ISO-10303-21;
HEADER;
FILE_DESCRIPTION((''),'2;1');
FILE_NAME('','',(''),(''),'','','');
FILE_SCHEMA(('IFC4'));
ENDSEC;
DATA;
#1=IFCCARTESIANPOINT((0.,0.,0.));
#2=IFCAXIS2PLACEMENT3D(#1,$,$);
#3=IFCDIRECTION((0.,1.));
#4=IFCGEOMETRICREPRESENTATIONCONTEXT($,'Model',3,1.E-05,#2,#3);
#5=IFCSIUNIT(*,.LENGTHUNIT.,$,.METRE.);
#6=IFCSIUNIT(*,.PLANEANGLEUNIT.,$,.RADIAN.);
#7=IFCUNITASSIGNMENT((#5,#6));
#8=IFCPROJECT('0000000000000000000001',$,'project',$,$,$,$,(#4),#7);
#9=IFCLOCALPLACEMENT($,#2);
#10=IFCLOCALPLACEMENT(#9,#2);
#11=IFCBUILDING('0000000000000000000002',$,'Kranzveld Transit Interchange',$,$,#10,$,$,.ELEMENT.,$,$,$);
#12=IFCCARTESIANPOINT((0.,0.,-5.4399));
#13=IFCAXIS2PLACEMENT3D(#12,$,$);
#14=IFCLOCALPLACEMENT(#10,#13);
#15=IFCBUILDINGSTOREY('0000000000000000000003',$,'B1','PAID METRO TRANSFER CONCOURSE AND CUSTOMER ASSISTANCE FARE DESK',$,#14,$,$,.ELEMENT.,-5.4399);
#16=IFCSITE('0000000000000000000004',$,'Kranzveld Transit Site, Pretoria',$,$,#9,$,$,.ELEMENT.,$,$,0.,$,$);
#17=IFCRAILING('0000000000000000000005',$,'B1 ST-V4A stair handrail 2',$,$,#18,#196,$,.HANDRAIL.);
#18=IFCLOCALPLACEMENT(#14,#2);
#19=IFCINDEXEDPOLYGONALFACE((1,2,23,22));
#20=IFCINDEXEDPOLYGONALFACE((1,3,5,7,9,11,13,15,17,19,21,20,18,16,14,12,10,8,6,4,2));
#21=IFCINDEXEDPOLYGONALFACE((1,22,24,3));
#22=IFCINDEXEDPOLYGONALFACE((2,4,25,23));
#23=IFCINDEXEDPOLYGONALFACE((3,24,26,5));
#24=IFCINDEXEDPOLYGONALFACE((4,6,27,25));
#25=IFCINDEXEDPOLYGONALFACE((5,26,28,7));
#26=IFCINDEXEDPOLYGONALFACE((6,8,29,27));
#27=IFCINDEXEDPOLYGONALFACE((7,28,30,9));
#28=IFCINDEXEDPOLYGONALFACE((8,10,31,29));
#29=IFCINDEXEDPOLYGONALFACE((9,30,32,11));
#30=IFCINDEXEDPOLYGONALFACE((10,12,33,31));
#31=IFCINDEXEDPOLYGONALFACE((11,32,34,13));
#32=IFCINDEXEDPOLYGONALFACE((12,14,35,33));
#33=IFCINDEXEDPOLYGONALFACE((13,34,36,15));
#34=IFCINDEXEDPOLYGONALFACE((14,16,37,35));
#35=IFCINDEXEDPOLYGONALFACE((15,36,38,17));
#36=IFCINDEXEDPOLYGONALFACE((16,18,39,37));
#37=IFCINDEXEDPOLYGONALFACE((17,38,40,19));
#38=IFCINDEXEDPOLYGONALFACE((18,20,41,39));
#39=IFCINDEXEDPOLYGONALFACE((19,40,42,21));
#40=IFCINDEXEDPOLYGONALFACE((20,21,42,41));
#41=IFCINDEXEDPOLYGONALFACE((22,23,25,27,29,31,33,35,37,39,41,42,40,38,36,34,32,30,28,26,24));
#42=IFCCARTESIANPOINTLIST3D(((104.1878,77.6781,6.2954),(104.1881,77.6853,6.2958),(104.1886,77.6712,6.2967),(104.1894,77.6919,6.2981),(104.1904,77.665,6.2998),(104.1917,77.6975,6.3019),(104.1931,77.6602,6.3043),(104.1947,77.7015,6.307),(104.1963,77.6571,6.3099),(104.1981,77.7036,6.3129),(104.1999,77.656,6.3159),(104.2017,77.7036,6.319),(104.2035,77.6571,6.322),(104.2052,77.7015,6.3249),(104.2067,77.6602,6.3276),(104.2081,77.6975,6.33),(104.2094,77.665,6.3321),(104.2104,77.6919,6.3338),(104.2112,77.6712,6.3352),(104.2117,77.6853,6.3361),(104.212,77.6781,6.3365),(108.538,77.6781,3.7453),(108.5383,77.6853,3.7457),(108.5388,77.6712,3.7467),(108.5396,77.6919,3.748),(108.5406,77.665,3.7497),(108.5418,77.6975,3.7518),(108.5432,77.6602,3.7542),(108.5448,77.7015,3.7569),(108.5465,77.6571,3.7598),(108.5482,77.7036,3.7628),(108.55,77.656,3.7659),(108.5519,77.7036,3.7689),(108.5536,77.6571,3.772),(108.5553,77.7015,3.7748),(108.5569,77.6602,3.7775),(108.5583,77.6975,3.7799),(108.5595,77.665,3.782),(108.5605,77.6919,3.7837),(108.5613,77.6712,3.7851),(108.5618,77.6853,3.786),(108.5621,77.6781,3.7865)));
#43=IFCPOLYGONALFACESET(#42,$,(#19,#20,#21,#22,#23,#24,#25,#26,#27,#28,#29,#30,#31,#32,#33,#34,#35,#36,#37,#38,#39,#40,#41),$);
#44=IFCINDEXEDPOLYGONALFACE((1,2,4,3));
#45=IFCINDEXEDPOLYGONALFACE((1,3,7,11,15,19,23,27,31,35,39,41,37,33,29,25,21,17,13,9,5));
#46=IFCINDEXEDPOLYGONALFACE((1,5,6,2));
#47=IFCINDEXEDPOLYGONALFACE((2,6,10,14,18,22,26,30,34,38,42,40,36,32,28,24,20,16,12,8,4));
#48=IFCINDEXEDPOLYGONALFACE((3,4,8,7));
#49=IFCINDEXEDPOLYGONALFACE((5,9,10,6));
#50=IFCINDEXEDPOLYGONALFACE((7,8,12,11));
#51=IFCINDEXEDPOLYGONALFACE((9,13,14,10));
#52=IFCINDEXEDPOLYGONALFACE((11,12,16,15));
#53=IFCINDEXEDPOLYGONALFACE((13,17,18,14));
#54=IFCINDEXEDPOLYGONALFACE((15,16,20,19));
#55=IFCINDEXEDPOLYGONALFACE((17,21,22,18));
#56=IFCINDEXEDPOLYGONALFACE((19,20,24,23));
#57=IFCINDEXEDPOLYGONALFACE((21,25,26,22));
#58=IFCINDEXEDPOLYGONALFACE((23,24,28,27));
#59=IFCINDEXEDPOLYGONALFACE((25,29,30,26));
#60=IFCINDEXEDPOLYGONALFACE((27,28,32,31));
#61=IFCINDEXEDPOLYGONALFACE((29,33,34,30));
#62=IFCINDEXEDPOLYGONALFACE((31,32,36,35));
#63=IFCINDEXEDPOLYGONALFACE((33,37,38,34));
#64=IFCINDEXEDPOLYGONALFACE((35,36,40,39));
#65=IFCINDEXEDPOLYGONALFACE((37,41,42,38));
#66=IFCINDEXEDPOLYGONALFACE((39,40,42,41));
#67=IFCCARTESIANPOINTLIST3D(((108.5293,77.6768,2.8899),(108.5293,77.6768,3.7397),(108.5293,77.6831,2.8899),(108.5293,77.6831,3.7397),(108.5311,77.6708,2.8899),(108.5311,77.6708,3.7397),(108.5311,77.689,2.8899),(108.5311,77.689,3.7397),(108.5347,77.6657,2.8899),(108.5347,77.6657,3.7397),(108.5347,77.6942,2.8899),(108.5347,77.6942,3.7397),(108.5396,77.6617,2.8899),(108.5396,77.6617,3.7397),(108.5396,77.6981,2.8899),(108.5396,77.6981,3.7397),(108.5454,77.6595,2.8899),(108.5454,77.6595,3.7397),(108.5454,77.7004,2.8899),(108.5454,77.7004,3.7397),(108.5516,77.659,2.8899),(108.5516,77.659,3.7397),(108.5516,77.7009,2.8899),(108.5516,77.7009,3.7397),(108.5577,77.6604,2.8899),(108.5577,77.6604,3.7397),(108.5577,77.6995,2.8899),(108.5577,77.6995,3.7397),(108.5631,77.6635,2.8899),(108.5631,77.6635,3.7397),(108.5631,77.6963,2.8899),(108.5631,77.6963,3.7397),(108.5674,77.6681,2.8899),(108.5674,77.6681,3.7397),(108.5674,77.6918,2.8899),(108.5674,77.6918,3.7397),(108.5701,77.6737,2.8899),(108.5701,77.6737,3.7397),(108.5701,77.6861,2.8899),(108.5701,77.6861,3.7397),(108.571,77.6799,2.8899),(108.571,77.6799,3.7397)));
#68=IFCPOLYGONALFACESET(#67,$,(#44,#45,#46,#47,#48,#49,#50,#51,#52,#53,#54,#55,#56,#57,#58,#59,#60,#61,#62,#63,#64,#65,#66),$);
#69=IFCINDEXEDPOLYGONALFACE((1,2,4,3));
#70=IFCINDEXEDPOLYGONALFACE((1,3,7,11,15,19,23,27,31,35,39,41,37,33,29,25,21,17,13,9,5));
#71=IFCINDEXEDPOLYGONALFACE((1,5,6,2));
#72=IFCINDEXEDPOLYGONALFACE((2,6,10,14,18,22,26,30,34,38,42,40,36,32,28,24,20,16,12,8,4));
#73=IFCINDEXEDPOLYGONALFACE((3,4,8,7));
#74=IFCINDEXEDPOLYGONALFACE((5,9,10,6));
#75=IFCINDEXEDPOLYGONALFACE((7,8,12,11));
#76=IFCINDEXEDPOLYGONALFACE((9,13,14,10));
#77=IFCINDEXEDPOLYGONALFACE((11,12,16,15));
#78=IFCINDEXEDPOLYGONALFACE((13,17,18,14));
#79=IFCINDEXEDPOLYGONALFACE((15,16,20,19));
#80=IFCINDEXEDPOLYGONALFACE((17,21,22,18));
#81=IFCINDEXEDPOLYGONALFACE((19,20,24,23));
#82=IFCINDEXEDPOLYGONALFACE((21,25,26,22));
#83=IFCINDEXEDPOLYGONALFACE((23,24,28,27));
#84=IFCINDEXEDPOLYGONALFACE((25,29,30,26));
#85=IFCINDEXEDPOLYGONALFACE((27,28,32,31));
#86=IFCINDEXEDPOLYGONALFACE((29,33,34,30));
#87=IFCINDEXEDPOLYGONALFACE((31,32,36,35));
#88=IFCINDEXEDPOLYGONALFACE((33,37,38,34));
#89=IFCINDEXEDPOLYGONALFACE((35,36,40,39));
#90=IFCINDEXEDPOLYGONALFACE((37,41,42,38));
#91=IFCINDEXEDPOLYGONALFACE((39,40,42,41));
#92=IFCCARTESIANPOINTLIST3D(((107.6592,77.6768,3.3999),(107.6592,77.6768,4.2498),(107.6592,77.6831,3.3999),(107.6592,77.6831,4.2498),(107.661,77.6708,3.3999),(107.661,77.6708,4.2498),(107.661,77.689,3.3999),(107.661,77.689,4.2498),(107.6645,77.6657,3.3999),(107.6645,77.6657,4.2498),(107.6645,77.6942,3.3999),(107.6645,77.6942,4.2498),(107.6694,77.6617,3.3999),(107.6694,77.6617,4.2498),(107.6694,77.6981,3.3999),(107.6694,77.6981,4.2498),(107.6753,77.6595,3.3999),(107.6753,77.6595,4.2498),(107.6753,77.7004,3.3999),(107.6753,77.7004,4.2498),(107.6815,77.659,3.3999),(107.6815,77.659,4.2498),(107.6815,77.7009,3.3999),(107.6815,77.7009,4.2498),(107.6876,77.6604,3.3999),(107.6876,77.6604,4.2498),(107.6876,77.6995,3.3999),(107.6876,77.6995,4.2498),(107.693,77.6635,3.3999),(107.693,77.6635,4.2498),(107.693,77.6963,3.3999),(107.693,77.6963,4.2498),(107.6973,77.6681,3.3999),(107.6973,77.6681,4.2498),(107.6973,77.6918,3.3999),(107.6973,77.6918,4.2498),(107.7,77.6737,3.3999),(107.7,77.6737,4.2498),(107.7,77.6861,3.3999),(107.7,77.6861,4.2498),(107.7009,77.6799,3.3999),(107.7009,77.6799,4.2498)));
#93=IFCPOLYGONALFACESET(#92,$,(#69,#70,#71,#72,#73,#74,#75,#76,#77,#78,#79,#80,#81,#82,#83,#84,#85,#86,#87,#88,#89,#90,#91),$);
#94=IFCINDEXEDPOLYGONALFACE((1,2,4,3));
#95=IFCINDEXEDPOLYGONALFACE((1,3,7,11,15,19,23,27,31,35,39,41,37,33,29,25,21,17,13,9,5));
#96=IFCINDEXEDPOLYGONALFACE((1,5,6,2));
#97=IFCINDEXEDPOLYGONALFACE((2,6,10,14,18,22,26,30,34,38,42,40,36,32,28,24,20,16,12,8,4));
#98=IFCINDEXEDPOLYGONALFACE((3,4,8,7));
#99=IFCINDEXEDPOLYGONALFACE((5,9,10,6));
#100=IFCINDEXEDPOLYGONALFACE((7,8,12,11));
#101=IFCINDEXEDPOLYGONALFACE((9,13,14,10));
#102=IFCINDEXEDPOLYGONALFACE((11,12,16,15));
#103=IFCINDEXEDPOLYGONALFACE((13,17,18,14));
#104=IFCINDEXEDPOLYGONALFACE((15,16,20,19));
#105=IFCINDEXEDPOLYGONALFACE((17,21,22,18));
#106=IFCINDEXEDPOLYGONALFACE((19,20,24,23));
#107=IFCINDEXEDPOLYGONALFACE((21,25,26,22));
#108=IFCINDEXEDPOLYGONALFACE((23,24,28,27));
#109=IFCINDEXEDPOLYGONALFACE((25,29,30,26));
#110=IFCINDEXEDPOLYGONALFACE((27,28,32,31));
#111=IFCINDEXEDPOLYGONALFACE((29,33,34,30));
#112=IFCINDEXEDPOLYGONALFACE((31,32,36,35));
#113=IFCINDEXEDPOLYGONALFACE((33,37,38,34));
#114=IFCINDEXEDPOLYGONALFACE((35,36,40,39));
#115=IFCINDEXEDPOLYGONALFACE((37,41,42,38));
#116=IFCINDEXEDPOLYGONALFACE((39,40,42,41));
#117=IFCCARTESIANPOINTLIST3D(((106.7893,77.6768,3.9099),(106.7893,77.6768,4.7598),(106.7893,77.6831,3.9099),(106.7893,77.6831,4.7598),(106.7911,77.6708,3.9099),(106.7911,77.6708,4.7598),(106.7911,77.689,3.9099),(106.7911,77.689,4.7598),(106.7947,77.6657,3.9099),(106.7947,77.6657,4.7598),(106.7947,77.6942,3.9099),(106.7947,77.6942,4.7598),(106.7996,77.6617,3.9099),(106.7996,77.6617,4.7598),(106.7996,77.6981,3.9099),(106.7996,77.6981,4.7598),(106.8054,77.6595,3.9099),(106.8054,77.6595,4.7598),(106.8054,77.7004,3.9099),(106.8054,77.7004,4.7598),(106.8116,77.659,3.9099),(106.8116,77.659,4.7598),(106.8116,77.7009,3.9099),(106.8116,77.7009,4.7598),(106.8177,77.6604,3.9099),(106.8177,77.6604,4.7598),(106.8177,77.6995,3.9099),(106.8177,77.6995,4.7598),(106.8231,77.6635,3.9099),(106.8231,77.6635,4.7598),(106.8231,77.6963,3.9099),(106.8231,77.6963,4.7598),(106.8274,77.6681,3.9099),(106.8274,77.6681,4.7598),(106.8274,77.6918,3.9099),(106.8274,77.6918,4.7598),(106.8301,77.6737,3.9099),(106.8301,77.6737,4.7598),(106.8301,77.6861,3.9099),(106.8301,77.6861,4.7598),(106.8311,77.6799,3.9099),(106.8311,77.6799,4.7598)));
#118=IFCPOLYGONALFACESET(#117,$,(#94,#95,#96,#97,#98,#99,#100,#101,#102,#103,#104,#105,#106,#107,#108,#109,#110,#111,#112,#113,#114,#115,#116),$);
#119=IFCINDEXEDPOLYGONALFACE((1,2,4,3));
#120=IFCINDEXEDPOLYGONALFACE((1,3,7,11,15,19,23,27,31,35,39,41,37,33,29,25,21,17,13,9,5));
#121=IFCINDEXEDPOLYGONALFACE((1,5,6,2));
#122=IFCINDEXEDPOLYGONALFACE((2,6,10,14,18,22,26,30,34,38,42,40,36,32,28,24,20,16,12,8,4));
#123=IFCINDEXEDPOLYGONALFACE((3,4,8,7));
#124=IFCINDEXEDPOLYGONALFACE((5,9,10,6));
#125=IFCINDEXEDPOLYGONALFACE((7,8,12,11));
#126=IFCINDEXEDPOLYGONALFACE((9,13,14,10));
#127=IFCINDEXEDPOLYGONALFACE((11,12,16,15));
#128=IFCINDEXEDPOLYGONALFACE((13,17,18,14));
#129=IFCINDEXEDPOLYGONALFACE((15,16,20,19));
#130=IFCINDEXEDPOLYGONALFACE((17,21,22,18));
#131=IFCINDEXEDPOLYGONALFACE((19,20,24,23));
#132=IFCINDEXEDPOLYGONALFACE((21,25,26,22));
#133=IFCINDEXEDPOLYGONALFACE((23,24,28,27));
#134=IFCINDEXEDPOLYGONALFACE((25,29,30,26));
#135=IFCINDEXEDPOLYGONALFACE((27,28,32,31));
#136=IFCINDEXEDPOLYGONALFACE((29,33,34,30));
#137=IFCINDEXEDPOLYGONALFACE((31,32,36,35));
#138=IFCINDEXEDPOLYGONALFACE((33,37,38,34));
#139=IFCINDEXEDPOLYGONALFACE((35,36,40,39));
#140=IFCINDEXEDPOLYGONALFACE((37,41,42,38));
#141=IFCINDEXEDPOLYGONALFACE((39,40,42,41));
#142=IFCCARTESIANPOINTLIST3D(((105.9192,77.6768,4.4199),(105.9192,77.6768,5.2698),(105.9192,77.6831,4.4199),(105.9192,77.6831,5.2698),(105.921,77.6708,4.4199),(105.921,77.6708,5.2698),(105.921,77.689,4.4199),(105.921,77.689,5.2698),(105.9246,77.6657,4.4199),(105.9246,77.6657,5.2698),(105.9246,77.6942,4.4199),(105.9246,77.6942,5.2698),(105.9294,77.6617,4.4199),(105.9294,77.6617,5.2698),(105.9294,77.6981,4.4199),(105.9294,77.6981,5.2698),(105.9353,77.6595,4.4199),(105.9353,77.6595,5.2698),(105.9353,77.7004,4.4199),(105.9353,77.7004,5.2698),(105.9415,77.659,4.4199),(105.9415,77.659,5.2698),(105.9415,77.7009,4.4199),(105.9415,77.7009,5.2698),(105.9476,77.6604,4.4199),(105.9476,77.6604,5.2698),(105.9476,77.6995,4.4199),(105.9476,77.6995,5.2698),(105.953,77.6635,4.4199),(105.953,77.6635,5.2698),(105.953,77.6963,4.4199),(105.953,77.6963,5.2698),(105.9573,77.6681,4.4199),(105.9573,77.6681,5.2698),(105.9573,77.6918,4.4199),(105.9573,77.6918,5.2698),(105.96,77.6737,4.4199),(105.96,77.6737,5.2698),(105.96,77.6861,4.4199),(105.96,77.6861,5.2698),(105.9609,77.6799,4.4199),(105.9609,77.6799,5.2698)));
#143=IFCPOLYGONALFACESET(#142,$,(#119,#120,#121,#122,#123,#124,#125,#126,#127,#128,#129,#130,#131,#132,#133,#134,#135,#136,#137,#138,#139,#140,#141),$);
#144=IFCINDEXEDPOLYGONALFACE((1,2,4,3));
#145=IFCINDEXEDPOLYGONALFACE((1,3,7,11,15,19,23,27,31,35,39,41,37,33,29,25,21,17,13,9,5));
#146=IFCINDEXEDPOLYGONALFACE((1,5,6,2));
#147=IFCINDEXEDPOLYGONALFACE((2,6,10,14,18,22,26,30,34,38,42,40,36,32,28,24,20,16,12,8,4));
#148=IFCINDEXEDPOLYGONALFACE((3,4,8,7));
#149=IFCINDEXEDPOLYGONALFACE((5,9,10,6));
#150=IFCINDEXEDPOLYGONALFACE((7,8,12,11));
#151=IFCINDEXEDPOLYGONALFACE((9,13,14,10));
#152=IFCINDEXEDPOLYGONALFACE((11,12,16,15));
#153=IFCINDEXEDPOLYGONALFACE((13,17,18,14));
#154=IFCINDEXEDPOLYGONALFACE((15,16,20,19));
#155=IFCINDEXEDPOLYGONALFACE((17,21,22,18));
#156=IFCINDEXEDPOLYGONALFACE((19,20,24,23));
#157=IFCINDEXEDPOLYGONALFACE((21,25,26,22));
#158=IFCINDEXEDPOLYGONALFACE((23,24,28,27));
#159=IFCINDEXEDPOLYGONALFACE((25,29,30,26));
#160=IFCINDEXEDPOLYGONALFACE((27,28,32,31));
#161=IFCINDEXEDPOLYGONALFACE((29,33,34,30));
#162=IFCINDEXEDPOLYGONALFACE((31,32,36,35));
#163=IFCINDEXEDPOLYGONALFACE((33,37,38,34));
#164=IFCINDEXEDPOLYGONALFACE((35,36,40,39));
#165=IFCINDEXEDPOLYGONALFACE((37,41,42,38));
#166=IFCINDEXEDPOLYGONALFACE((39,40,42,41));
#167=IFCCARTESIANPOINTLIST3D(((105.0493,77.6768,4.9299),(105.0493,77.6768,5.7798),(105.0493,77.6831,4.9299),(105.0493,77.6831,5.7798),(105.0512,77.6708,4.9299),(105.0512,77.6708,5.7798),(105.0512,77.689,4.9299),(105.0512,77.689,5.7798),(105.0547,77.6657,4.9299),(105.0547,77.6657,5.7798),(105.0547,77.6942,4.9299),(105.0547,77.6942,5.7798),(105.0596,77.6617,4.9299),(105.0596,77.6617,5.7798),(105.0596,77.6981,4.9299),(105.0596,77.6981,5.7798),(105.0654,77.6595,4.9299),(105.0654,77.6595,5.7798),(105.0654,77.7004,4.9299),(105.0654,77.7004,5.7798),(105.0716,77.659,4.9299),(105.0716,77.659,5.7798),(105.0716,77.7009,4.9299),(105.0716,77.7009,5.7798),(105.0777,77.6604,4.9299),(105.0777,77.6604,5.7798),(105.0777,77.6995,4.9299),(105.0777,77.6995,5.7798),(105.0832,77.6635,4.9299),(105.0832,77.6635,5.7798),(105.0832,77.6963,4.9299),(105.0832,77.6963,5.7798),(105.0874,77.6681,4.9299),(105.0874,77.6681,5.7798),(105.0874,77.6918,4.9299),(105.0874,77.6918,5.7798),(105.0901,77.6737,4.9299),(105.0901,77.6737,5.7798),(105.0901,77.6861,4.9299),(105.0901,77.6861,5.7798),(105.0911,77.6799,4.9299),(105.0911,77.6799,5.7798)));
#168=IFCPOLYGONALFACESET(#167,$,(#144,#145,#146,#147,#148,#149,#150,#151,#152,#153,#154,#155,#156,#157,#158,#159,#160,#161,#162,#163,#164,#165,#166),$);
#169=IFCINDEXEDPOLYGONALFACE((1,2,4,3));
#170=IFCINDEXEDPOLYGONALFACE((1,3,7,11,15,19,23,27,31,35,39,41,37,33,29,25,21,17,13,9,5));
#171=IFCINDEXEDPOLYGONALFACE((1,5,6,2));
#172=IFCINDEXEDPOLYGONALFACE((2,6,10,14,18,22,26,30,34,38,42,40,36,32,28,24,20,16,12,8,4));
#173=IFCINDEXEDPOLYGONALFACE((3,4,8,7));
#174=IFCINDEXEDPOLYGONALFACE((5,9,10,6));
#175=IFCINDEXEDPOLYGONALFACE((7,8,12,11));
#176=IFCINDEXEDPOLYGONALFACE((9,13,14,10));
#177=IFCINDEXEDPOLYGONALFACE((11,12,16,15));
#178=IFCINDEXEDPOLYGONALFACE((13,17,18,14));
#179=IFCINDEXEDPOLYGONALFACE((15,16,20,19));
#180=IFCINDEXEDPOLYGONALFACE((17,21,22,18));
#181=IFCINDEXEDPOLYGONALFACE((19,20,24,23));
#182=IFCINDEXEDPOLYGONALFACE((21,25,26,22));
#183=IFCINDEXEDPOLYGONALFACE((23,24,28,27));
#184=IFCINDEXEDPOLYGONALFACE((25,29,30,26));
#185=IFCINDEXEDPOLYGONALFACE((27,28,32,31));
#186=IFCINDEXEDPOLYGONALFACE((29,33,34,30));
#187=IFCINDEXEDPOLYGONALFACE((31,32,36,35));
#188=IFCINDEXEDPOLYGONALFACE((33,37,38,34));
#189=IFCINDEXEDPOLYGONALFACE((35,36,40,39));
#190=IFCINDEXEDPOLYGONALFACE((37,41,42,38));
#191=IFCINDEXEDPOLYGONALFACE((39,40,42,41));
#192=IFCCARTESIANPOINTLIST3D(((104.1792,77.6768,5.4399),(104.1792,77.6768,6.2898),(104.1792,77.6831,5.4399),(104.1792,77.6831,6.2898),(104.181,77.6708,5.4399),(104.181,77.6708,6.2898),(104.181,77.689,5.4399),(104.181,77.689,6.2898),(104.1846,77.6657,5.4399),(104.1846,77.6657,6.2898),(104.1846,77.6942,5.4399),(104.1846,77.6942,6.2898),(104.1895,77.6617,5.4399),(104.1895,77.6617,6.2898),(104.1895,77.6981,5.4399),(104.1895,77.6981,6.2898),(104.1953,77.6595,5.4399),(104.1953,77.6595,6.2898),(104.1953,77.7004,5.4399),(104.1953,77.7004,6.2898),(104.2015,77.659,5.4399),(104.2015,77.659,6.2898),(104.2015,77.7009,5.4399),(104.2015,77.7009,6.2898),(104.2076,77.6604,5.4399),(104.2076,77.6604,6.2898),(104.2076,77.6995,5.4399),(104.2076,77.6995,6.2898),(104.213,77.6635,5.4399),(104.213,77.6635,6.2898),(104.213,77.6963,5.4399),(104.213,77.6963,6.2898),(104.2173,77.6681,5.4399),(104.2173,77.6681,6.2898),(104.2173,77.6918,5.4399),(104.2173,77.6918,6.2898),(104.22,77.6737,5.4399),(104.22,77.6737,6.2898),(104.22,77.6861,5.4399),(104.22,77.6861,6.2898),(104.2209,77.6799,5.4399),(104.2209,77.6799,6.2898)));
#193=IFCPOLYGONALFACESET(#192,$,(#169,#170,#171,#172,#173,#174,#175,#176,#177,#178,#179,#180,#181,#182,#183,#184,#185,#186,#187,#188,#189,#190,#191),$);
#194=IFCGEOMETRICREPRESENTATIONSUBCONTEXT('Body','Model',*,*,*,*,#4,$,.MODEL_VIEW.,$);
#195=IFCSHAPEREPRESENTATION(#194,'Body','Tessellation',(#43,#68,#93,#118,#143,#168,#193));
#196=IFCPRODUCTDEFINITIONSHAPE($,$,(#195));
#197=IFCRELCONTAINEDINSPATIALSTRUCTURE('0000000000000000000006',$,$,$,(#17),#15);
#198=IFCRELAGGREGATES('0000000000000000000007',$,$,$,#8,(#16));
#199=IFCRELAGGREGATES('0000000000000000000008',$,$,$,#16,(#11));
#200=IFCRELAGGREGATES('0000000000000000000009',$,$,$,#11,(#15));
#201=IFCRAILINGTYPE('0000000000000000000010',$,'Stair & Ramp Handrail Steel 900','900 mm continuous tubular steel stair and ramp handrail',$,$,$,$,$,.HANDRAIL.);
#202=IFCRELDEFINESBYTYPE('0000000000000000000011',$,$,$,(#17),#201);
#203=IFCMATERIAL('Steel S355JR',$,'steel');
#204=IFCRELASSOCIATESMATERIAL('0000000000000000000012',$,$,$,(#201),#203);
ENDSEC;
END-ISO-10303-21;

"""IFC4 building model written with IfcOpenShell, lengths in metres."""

from ifc_helpers import new_model, si_unit, direction, frame, origin, origin_2d, place, context, subcontext, project, spatial, circle, extrude, material, type_object, element, save


model = new_model("IFC4")

# Units and contexts
model_context = context("Model", 3, precision=1e-05, world=origin(), true_north=direction((0.0, 1.0)))
body_context = subcontext(model_context, "Body", "Model", "MODEL_VIEW")
ifc_project = project(units=[si_unit("LENGTHUNIT", "METRE"), si_unit("PLANEANGLEUNIT", "RADIAN")], contexts=[model_context])

# Site, building, storey
site_placement = place(None, origin())
site = spatial("IfcSite", under=ifc_project, at=site_placement, Name="Kranzveld Transit Site, Pretoria", CompositionType="ELEMENT", RefElevation=0.0)
building_placement = place(site_placement, origin())
building = spatial("IfcBuilding", under=site, at=building_placement, Name="Kranzveld Transit Interchange", CompositionType="ELEMENT")
storey_placement = place(building_placement, frame((0.0, 0.0, -5.4399)))
storey = spatial("IfcBuildingStorey", under=building, at=storey_placement, Name="B1", Description="PAID METRO TRANSFER CONCOURSE AND CUSTOMER ASSISTANCE FARE DESK", CompositionType="ELEMENT", Elevation=-5.4399)

# Railing
ifc_material_1 = material(Name="Steel S355JR", Category="steel")
railing_type_1 = type_object("IfcRailingType", Name="Stair & Ramp Handrail Steel 900", Description="900 mm continuous tubular steel stair and ramp handrail", PredefinedType="HANDRAIL", material=ifc_material_1)
railing_1_placement = place(storey_placement, frame((108.55, 77.6799, 2.8899)))
element("IfcRailing", 1, at=railing_1_placement, inside=storey, type_object=railing_type_1, Name="B1 ST-V4A stair handrail 2", PredefinedType="HANDRAIL", context=body_context, shape_type="SweptSolid", body=[
    extrude(circle(Radius=0.0239, at=origin_2d()), frame((0.0, 0.0, 0.876), z_axis=(-0.862699, 0.0, 0.505718), x_axis=(0.0, -1.0, 0.0)), (0.0, 0.0, 1.0), 5.0425),
    extrude(circle(Radius=0.021, at=origin_2d()), origin(), (0.0, 0.0, 1.0), 0.8499),
    extrude(circle(Radius=0.021, at=origin_2d()), frame((-0.8701, 0.0, 0.51)), (0.0, 0.0, 1.0), 0.8499),
    extrude(circle(Radius=0.021, at=origin_2d()), frame((-1.74, 0.0, 1.02)), (0.0, 0.0, 1.0), 0.8499),
    extrude(circle(Radius=0.021, at=origin_2d()), frame((-2.6101, 0.0, 1.53)), (0.0, 0.0, 1.0), 0.8499),
    extrude(circle(Radius=0.021, at=origin_2d()), frame((-3.48, 0.0, 2.04)), (0.0, 0.0, 1.0), 0.8499),
    extrude(circle(Radius=0.021, at=origin_2d()), frame((-4.3501, 0.0, 2.55)), (0.0, 0.0, 1.0), 0.8499),
])

save(model, "model.ifc")
